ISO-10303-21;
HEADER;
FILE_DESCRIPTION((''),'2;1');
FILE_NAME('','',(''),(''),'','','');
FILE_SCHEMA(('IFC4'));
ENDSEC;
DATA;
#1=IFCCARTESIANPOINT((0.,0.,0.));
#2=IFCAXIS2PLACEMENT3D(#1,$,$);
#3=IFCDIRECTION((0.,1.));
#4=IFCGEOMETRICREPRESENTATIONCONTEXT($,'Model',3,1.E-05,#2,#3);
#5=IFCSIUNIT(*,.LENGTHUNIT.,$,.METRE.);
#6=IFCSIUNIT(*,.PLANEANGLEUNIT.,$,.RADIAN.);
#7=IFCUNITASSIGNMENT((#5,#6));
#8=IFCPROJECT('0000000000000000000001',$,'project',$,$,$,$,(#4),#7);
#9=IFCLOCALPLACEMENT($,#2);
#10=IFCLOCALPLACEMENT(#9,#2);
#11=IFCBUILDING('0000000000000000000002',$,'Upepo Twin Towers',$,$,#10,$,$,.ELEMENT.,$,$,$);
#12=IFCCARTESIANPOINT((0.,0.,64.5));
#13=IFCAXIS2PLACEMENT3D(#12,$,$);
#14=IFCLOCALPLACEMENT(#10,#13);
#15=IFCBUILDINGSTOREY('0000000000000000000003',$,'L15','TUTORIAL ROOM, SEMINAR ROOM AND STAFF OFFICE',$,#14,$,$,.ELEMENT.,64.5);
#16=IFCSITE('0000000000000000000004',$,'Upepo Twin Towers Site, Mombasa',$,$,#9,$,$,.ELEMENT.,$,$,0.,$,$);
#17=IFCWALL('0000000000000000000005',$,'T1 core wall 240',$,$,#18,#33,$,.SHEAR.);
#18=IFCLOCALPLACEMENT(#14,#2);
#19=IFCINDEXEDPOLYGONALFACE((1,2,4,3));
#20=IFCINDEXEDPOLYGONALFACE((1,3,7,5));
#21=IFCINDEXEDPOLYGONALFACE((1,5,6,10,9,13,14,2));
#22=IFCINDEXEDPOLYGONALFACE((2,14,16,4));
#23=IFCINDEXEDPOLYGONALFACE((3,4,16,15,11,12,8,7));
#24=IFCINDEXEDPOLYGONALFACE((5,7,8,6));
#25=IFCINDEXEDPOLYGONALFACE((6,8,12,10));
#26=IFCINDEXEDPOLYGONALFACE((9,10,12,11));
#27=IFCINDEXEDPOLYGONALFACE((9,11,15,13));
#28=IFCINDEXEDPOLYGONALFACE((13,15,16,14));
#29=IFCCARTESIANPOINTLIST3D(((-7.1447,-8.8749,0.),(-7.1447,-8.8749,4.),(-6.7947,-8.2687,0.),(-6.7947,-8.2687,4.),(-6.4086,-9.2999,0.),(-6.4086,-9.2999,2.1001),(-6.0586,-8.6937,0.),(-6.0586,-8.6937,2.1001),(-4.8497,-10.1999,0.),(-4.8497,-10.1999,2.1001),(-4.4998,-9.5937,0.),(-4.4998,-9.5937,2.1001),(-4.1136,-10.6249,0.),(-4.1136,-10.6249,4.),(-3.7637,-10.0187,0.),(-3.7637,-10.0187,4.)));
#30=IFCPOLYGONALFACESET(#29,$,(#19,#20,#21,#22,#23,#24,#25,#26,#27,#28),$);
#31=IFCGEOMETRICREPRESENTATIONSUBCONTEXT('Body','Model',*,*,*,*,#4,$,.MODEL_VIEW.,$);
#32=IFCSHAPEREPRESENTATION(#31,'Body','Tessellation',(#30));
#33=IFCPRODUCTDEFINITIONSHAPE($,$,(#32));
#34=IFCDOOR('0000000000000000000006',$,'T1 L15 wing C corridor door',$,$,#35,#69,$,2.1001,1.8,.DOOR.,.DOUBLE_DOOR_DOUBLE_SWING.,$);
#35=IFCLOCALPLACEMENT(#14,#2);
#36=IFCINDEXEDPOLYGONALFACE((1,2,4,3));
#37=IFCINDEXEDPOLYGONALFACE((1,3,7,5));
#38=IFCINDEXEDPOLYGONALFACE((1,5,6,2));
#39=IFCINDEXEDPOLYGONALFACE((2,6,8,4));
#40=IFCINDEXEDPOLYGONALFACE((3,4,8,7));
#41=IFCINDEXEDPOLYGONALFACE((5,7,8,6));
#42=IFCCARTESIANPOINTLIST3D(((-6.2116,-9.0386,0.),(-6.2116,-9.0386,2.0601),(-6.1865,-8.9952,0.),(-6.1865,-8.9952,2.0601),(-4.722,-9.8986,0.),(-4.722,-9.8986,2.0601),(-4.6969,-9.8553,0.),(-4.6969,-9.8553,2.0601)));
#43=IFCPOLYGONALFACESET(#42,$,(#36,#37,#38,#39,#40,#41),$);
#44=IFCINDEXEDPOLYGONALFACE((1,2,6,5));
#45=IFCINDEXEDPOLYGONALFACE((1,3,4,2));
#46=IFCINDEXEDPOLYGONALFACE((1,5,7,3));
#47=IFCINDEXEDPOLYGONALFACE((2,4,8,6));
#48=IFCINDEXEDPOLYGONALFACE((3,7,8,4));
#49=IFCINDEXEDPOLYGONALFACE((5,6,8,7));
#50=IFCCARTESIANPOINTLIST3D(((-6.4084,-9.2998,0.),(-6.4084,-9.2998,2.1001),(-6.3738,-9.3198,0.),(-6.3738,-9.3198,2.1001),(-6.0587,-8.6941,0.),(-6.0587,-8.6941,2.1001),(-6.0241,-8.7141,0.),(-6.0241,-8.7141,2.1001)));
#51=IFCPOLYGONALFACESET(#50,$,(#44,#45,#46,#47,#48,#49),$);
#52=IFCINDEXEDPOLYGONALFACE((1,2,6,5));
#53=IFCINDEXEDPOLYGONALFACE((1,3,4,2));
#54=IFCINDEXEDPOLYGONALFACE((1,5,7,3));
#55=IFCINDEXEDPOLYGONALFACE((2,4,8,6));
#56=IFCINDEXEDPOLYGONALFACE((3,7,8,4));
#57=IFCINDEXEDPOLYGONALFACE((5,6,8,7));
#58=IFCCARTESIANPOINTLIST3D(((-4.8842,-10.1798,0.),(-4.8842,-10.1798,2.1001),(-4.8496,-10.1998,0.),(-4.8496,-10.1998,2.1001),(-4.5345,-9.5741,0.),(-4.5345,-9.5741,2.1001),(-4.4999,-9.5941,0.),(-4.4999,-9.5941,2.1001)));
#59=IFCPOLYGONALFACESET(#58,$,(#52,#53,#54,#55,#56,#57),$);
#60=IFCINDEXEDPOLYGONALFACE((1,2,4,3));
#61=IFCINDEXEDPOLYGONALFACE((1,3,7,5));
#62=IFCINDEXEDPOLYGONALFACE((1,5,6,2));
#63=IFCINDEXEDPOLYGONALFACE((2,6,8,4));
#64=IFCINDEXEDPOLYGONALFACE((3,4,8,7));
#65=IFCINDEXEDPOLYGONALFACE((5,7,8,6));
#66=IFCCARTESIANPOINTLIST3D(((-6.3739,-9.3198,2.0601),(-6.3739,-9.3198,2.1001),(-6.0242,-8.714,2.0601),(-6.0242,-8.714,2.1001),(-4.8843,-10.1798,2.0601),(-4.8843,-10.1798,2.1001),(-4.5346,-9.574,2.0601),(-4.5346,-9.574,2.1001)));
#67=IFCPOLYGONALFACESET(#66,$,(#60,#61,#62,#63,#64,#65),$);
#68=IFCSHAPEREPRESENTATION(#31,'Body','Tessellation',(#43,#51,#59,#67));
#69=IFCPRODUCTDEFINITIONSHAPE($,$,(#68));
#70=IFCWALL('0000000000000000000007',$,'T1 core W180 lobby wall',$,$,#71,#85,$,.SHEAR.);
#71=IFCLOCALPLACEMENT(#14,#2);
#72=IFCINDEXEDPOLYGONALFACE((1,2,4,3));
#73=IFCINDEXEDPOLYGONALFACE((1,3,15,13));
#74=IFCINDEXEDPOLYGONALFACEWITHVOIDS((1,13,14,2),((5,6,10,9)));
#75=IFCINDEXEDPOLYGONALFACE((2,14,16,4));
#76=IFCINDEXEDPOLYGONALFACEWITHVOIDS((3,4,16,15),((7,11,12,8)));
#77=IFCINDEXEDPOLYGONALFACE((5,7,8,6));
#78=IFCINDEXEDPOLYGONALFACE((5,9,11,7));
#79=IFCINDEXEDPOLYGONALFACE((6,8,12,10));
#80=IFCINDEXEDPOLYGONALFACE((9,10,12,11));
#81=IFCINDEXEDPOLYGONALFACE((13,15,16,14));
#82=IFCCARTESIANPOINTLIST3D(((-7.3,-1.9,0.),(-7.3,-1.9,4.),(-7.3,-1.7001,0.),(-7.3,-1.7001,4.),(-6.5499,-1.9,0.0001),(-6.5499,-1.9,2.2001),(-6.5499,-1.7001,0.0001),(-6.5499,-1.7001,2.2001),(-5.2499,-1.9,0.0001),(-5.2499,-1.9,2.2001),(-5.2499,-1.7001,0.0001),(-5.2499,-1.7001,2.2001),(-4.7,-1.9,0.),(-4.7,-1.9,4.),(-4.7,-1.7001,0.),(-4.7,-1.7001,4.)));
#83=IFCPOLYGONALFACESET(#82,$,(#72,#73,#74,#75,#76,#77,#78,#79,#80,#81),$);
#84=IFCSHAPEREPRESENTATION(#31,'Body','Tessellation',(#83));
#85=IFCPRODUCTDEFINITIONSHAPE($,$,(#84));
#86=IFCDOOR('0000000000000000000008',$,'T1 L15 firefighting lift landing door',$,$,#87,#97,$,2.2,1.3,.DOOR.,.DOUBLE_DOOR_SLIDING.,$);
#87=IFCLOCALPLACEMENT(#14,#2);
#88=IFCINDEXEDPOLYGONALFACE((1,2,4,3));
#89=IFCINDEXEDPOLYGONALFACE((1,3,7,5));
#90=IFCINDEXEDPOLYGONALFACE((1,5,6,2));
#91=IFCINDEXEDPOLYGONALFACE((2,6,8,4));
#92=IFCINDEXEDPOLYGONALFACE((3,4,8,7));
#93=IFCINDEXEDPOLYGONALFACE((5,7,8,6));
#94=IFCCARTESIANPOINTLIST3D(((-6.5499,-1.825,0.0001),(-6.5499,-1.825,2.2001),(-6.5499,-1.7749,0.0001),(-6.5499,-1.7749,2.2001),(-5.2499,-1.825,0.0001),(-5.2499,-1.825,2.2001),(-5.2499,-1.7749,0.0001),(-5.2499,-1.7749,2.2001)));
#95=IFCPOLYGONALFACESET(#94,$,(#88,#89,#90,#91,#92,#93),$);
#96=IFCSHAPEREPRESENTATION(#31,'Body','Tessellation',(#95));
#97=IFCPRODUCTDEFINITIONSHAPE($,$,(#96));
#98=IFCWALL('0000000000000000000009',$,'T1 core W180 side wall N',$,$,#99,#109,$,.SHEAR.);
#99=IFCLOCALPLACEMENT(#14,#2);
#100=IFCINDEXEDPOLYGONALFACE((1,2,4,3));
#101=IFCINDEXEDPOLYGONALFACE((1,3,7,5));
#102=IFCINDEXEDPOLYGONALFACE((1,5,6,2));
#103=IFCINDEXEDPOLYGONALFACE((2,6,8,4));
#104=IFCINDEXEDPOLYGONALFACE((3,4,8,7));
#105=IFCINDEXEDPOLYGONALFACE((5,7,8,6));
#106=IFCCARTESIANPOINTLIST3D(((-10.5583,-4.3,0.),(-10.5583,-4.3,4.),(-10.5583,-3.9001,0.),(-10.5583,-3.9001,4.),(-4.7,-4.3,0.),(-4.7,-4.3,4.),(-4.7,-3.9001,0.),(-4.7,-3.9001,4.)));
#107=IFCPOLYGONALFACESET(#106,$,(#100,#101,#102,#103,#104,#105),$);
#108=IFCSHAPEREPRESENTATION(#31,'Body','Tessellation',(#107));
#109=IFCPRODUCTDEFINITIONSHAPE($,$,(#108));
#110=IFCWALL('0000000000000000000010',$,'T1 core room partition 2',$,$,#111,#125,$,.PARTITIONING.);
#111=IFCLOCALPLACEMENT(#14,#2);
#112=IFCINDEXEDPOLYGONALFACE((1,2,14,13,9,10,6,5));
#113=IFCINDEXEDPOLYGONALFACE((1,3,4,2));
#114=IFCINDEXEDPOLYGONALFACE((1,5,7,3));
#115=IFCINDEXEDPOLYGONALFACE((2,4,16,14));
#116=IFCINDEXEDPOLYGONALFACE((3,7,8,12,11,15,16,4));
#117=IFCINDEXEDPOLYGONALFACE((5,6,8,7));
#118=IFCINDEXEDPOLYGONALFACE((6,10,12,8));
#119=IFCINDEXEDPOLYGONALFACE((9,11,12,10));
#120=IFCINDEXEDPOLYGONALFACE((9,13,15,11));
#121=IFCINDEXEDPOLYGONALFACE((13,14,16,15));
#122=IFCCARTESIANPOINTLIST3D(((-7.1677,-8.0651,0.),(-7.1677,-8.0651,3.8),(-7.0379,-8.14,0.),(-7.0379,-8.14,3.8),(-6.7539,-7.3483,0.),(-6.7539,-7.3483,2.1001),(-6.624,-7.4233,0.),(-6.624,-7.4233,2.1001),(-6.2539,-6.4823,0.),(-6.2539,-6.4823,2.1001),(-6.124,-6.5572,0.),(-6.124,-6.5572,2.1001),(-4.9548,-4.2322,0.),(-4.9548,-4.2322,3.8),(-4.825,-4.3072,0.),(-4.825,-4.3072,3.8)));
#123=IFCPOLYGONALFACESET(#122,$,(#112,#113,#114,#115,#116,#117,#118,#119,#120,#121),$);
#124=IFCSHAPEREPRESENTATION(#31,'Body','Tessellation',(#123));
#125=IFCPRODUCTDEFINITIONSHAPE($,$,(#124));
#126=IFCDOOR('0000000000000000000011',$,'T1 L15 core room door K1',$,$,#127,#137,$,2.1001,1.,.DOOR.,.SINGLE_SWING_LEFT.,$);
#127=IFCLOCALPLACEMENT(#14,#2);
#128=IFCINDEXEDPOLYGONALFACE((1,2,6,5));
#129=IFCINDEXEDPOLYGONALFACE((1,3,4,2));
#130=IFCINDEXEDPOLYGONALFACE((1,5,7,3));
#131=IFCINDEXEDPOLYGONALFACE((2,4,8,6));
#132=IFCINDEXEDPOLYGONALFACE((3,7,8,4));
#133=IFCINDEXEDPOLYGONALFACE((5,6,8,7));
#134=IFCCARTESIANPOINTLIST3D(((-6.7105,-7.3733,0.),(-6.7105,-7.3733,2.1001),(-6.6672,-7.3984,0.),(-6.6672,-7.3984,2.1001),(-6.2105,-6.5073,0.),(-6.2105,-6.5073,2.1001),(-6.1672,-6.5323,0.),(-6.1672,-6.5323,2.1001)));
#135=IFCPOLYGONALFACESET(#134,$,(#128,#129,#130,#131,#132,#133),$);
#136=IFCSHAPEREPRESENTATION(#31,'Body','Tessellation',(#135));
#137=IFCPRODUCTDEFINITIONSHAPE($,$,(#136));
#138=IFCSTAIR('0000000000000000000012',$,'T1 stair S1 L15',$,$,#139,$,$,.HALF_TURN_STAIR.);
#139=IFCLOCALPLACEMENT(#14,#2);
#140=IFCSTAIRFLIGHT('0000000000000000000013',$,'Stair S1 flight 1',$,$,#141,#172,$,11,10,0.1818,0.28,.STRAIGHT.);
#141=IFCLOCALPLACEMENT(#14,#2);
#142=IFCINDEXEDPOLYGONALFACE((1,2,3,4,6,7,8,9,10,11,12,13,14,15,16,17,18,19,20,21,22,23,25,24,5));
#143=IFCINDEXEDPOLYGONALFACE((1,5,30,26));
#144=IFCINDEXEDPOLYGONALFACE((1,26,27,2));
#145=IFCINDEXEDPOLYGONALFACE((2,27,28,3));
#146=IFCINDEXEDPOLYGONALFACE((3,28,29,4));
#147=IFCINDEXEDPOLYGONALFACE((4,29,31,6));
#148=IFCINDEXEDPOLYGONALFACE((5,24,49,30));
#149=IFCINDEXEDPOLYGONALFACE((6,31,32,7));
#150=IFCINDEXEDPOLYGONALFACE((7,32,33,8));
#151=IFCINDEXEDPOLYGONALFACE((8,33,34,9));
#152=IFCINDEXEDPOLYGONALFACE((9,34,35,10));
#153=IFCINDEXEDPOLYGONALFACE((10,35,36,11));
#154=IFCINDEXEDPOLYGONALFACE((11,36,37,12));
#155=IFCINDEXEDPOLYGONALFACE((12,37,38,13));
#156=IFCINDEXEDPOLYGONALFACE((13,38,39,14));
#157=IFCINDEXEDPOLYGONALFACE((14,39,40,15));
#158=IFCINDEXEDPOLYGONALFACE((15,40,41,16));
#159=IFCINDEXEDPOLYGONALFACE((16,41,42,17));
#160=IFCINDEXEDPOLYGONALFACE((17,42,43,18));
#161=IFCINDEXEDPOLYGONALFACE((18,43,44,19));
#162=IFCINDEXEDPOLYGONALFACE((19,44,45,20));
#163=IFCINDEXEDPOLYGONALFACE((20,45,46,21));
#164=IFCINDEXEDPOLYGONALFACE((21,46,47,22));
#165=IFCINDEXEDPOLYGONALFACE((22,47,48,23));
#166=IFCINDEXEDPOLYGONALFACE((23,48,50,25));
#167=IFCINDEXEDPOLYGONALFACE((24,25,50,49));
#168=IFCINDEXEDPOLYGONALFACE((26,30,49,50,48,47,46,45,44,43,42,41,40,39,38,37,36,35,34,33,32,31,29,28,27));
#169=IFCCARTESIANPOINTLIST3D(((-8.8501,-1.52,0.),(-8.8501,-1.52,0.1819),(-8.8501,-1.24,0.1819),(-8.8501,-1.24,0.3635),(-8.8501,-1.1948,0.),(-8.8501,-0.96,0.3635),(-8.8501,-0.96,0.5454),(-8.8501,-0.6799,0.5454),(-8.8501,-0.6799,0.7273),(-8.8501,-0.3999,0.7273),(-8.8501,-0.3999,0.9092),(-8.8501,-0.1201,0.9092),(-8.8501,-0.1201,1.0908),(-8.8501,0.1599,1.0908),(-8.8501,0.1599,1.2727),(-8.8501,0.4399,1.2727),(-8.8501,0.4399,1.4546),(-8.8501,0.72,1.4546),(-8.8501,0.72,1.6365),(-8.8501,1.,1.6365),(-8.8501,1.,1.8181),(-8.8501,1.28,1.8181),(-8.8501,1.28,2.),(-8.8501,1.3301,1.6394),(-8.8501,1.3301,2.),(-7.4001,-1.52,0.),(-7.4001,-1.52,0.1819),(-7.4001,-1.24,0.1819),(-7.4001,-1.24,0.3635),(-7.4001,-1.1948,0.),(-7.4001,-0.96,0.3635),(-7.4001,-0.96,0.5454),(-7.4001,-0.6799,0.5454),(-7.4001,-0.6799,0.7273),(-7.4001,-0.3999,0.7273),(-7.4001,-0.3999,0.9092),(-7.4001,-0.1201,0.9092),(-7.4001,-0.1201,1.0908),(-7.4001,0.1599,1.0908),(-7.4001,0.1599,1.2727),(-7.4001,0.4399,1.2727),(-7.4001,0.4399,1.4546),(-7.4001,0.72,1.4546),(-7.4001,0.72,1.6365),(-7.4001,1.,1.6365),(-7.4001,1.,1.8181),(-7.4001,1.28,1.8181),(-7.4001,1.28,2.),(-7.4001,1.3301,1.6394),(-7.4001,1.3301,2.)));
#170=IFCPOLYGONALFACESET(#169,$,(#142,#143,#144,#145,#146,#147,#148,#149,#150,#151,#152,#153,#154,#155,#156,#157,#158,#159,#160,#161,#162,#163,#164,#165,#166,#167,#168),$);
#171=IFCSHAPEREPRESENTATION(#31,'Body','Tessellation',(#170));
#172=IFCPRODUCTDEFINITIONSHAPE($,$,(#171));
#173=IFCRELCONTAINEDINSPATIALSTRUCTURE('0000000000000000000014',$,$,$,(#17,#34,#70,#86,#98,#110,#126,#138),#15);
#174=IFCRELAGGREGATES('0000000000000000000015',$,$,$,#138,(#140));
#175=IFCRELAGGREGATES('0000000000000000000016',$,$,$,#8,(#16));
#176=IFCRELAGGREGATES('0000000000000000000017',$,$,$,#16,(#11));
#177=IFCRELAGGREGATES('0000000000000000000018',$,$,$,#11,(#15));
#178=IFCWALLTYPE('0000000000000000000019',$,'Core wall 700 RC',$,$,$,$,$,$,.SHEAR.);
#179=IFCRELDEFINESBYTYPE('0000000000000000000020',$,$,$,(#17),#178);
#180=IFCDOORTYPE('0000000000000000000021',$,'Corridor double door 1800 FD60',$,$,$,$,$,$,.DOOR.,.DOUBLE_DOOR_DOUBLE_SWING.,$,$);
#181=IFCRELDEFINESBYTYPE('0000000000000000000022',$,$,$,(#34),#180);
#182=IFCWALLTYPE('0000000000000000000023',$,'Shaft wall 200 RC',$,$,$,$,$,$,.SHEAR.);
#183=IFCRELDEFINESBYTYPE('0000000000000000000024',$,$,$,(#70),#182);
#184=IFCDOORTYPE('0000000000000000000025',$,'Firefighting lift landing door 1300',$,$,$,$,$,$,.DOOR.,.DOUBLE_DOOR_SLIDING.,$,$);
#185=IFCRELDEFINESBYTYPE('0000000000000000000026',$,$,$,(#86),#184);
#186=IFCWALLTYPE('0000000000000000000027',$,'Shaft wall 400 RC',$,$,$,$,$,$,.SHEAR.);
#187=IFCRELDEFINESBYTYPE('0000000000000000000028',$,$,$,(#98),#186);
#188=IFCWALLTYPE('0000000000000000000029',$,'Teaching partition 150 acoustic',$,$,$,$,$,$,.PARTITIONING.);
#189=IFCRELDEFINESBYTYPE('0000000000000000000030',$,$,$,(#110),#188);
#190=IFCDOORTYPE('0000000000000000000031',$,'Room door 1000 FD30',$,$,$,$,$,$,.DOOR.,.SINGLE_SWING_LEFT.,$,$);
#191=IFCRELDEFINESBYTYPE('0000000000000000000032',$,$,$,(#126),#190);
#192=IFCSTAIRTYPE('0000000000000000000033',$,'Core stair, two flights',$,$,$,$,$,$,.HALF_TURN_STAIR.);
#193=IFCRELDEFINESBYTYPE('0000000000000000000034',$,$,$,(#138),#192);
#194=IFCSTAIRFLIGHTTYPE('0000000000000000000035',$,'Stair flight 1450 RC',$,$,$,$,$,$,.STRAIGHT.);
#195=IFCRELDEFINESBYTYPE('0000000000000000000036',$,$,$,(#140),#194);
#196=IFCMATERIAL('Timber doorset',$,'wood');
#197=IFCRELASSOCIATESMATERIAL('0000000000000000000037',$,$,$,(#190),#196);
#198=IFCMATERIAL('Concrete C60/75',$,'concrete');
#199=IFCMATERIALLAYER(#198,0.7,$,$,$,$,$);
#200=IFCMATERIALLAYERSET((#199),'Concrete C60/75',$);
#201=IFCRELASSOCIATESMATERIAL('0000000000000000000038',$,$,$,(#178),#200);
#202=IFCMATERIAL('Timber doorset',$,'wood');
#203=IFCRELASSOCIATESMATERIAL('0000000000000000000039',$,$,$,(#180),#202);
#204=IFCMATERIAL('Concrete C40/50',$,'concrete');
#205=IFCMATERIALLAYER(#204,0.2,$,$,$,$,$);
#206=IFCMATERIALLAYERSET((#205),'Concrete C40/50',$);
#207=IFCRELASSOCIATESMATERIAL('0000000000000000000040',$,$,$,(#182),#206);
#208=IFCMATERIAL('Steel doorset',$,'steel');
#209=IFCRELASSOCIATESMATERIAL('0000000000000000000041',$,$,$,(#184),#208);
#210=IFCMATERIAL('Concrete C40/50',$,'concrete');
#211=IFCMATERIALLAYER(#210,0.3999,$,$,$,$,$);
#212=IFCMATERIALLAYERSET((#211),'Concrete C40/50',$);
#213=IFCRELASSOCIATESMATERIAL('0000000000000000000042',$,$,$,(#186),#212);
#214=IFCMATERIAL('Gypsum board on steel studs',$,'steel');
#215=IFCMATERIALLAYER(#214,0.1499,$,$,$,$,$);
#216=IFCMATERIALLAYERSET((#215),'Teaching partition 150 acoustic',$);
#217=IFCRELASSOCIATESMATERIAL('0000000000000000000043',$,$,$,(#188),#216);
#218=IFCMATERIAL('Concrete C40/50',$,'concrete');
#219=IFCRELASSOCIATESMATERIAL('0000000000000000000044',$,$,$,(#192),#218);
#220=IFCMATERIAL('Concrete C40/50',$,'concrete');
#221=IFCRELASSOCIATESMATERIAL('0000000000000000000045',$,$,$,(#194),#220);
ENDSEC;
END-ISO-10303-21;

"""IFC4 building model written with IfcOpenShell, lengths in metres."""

from ifc_helpers import new_model, si_unit, direction, frame, frame_2d, origin, place, context, subcontext, project, spatial, polyline, rectangle, outline, extrude, material, layer, layer_set, type_object, element, fill, aggregate, save


model = new_model("IFC4")

# Units and contexts
model_context = context("Model", 3, precision=1e-05, world=origin(), true_north=direction((0.0, 1.0)))
body_context = subcontext(model_context, "Body", "Model", "MODEL_VIEW")
ifc_project = project(units=[si_unit("LENGTHUNIT", "METRE"), si_unit("PLANEANGLEUNIT", "RADIAN")], contexts=[model_context])

# Site, building, storey
site_placement = place(None, origin())
site = spatial("IfcSite", under=ifc_project, at=site_placement, Name="Upepo Twin Towers Site, Mombasa", CompositionType="ELEMENT", RefElevation=0.0)
building_placement = place(site_placement, origin())
building = spatial("IfcBuilding", under=site, at=building_placement, Name="Upepo Twin Towers", CompositionType="ELEMENT")
storey_placement = place(building_placement, frame((0.0, 0.0, 64.5)))
storey = spatial("IfcBuildingStorey", under=building, at=storey_placement, Name="L15", Description="TUTORIAL ROOM, SEMINAR ROOM AND STAFF OFFICE", CompositionType="ELEMENT", Elevation=64.5)

# Shared definitions
ifc_material_1 = material(Name="Timber doorset", Category="wood")
door_type_1 = type_object("IfcDoorType", Name="Room door 1000 FD30", OperationType="SINGLE_SWING_LEFT", PredefinedType="DOOR", material=ifc_material_1)

# Shared definitions
ifc_material_2 = material(Name="Concrete C60/75", Category="concrete")
ifc_layer_1 = layer(ifc_material_2, 0.7)
ifc_layer_set_1 = layer_set([ifc_layer_1], Name="Concrete C60/75")
wall_type_1 = type_object("IfcWallType", Name="Core wall 700 RC", PredefinedType="SHEAR", material=ifc_layer_set_1)

# Walls, openings, doors
wall_1_placement = place(storey_placement, frame((-6.9697, -8.5718, 0.0), z_axis=(0.0, 0.0, 1.0), x_axis=(0.866019, -0.50001, 0.0)))
wall_1 = element("IfcWall", 1, at=wall_1_placement, inside=storey, type_object=wall_type_1, Name="T1 core wall 240", PredefinedType="SHEAR", context=body_context, shape_type="SweptSolid", body=[
    extrude(rectangle(XDim=3.5, YDim=0.7, at=frame_2d((1.75, 0.0))), origin(), (0.0, 0.0, 1.0), 4.0),
])
opening_1_placement = place(wall_1_placement, frame((0.8501, 0.0, 0.0)))
opening_1 = element("IfcOpeningElement", 2, at=opening_1_placement, cuts=wall_1, PredefinedType="OPENING", context=body_context, shape_type="SweptSolid", body=[
    extrude(rectangle(XDim=1.8, YDim=2.1001, at=frame_2d((0.8999, 1.05))), frame((0.0, 0.3599, 0.0), z_axis=(0.0, -1.0, 0.0), x_axis=(1.0, 0.0, 0.0)), (0.0, 0.0, 1.0), 0.72),
])
ifc_material_3 = material(Name="Timber doorset", Category="wood")
door_type_2 = type_object("IfcDoorType", Name="Corridor double door 1800 FD60", OperationType="DOUBLE_DOOR_DOUBLE_SWING", PredefinedType="DOOR", material=ifc_material_3)
door_1_placement = place(opening_1_placement, origin())
door_1 = element("IfcDoor", 3, at=door_1_placement, inside=storey, type_object=door_type_2, Name="T1 L15 wing C corridor door", OperationType="DOUBLE_DOOR_DOUBLE_SWING", OverallHeight=2.1001, OverallWidth=1.8, PredefinedType="DOOR", context=body_context, shape_type="SweptSolid", body=[
    extrude(rectangle(XDim=1.72, YDim=2.0601, at=frame_2d((0.8999, 1.03))), frame((0.0, 0.0249, 0.0), z_axis=(0.0, -1.0, 0.0), x_axis=(1.0, 0.0, 0.0)), (0.0, 0.0, 1.0), 0.05),
    extrude(rectangle(XDim=0.04, YDim=2.1001, at=frame_2d((0.02, 1.05))), frame((0.0, 0.3496, 0.0), z_axis=(0.0, -1.0, 0.0), x_axis=(1.0, 0.0, 0.0)), (0.0, 0.0, 1.0), 0.6995),
    extrude(rectangle(XDim=0.04, YDim=2.1001, at=frame_2d((1.78, 1.05))), frame((0.0, 0.3496, 0.0), z_axis=(0.0, -1.0, 0.0), x_axis=(1.0, 0.0, 0.0)), (0.0, 0.0, 1.0), 0.6995),
    extrude(rectangle(XDim=1.72, YDim=0.04, at=frame_2d((0.8999, 2.0801))), frame((0.0, 0.3496, 0.0), z_axis=(0.0, -1.0, 0.0), x_axis=(1.0, 0.0, 0.0)), (0.0, 0.0, 1.0), 0.6995),
])
fill(opening_1, door_1)
ifc_material_4 = material(Name="Concrete C40/50", Category="concrete")
ifc_layer_2 = layer(ifc_material_4, 0.2)
ifc_layer_set_2 = layer_set([ifc_layer_2], Name="Concrete C40/50")
wall_type_2 = type_object("IfcWallType", Name="Shaft wall 200 RC", PredefinedType="SHEAR", material=ifc_layer_set_2)
wall_2_placement = place(storey_placement, frame((-4.7, -1.8, 0.0), z_axis=(0.0, 0.0, 1.0), x_axis=(-1.0, 0.0, 0.0)))
wall_2 = element("IfcWall", 4, at=wall_2_placement, inside=storey, type_object=wall_type_2, Name="T1 core W180 lobby wall", PredefinedType="SHEAR", context=body_context, shape_type="SweptSolid", body=[
    extrude(rectangle(XDim=2.6001, YDim=0.2, at=frame_2d((1.3, 0.0))), origin(), (0.0, 0.0, 1.0), 4.0),
])
opening_2_placement = place(wall_2_placement, frame((0.55, 0.0, 0.0)))
opening_2 = element("IfcOpeningElement", 5, at=opening_2_placement, cuts=wall_2, PredefinedType="OPENING", context=body_context, shape_type="SweptSolid", body=[
    extrude(rectangle(XDim=1.3, YDim=2.2, at=frame_2d((0.6499, 1.1001))), frame((0.0, 0.1099, 0.0), z_axis=(0.0, -1.0, 0.0), x_axis=(1.0, 0.0, 0.0)), (0.0, 0.0, 1.0), 0.22),
])
ifc_material_5 = material(Name="Steel doorset", Category="steel")
door_type_3 = type_object("IfcDoorType", Name="Firefighting lift landing door 1300", OperationType="DOUBLE_DOOR_SLIDING", PredefinedType="DOOR", material=ifc_material_5)
door_2_placement = place(opening_2_placement, origin())
door_2 = element("IfcDoor", 6, at=door_2_placement, inside=storey, type_object=door_type_3, Name="T1 L15 firefighting lift landing door", OperationType="DOUBLE_DOOR_SLIDING", OverallHeight=2.2, OverallWidth=1.3, PredefinedType="DOOR", context=body_context, shape_type="SweptSolid", body=[
    extrude(rectangle(XDim=1.3, YDim=2.2, at=frame_2d((0.6499, 1.1001))), frame((0.0, 0.0249, 0.0), z_axis=(0.0, -1.0, 0.0), x_axis=(1.0, 0.0, 0.0)), (0.0, 0.0, 1.0), 0.05),
])
fill(opening_2, door_2)

# Wall
ifc_material_6 = material(Name="Concrete C40/50", Category="concrete")
ifc_layer_3 = layer(ifc_material_6, 0.3999)
ifc_layer_set_3 = layer_set([ifc_layer_3], Name="Concrete C40/50")
wall_type_3 = type_object("IfcWallType", Name="Shaft wall 400 RC", PredefinedType="SHEAR", material=ifc_layer_set_3)
wall_3_placement = place(storey_placement, frame((-4.7, -4.1001, 0.0), z_axis=(0.0, 0.0, 1.0), x_axis=(-1.0, 0.0, 0.0)))
element("IfcWall", 7, at=wall_3_placement, inside=storey, type_object=wall_type_3, Name="T1 core W180 side wall N", PredefinedType="SHEAR", context=body_context, shape_type="SweptSolid", body=[
    extrude(rectangle(XDim=5.8584, YDim=0.3999, at=frame_2d((2.9292, 0.0))), origin(), (0.0, 0.0, 1.0), 4.0),
])

# Wall, opening, door
ifc_material_7 = material(Name="Gypsum board on steel studs", Category="steel")
ifc_layer_4 = layer(ifc_material_7, 0.1499)
ifc_layer_set_4 = layer_set([ifc_layer_4], Name="Teaching partition 150 acoustic")
wall_type_4 = type_object("IfcWallType", Name="Teaching partition 150 acoustic", PredefinedType="PARTITIONING", material=ifc_layer_set_4)
wall_4_placement = place(storey_placement, frame((-7.1028, -8.1025, 0.0), z_axis=(0.0, 0.0, 1.0), x_axis=(0.500007, 0.866021, 0.0)))
wall_4 = element("IfcWall", 8, at=wall_4_placement, inside=storey, type_object=wall_type_4, Name="T1 core room partition 2", PredefinedType="PARTITIONING", context=body_context, shape_type="SweptSolid", body=[
    extrude(rectangle(XDim=4.4258, YDim=0.1499, at=frame_2d((2.2129, 0.0))), origin(), (0.0, 0.0, 1.0), 3.8),
])
opening_3_placement = place(wall_4_placement, frame((0.8276, 0.0, 0.0)))
opening_3 = element("IfcOpeningElement", 9, at=opening_3_placement, cuts=wall_4, PredefinedType="OPENING", context=body_context, shape_type="SweptSolid", body=[
    extrude(rectangle(XDim=1.0, YDim=2.1001, at=frame_2d((0.5, 1.05))), frame((0.0, 0.085, 0.0), z_axis=(0.0, -1.0, 0.0), x_axis=(1.0, 0.0, 0.0)), (0.0, 0.0, 1.0), 0.1699),
])
door_3_placement = place(opening_3_placement, origin())
door_3 = element("IfcDoor", 10, at=door_3_placement, inside=storey, type_object=door_type_1, Name="T1 L15 core room door K1", OperationType="SINGLE_SWING_LEFT", OverallHeight=2.1001, OverallWidth=1.0, PredefinedType="DOOR", context=body_context, shape_type="SweptSolid", body=[
    extrude(rectangle(XDim=1.0, YDim=2.1001, at=frame_2d((0.5, 1.05))), frame((0.0, 0.0249, 0.0), z_axis=(0.0, -1.0, 0.0), x_axis=(1.0, 0.0, 0.0)), (0.0, 0.0, 1.0), 0.05),
])
fill(opening_3, door_3)

# Stair, stair flight
ifc_material_8 = material(Name="Concrete C40/50", Category="concrete")
stair_type = type_object("IfcStairType", Name="Core stair, two flights", PredefinedType="HALF_TURN_STAIR", material=ifc_material_8)
stair_placement = place(storey_placement, origin())
stair = element("IfcStair", 11, at=stair_placement, inside=storey, type_object=stair_type, Name="T1 stair S1 L15", PredefinedType="HALF_TURN_STAIR")
ifc_material_9 = material(Name="Concrete C40/50", Category="concrete")
stair_flight_type = type_object("IfcStairFlightType", Name="Stair flight 1450 RC", PredefinedType="STRAIGHT", material=ifc_material_9)
stair_flight_placement = place(storey_placement, frame((-8.125, -1.52, 0.0), z_axis=(0.0, 0.0, 1.0), x_axis=(0.0, 1.0, 0.0)))
stair_flight = element("IfcStairFlight", 12, at=stair_flight_placement, type_object=stair_flight_type, Name="Stair S1 flight 1", NumberOfRisers=11, NumberOfTreads=10, PredefinedType="STRAIGHT", RiserHeight=0.1818, TreadLength=0.28, context=body_context, shape_type="SweptSolid", body=[
    extrude(outline(polyline([(0.0, 0.0), (0.0, 0.1819), (0.28, 0.1819), (0.28, 0.3635), (0.5601, 0.3635), (0.5601, 0.5454), (0.8401, 0.5454), (0.8401, 0.7273), (1.1201, 0.7273), (1.1201, 0.9092), (1.3999, 0.9092), (1.3999, 1.0908), (1.6799, 1.0908), (1.6799, 1.2727), (1.96, 1.2727), (1.96, 1.4546), (2.24, 1.4546), (2.24, 1.6365), (2.52, 1.6365), (2.52, 1.8181), (2.8, 1.8181), (2.8, 2.0), (2.8501, 2.0), (2.8501, 1.6394), (0.3252, 0.0), (0.0, 0.0)])), frame((0.0, 0.7251, 0.0), z_axis=(0.0, -1.0, 0.0), x_axis=(1.0, 0.0, 0.0)), (0.0, 0.0, 1.0), 1.45),
])
aggregate(stair, [stair_flight])

save(model, "model.ifc")
